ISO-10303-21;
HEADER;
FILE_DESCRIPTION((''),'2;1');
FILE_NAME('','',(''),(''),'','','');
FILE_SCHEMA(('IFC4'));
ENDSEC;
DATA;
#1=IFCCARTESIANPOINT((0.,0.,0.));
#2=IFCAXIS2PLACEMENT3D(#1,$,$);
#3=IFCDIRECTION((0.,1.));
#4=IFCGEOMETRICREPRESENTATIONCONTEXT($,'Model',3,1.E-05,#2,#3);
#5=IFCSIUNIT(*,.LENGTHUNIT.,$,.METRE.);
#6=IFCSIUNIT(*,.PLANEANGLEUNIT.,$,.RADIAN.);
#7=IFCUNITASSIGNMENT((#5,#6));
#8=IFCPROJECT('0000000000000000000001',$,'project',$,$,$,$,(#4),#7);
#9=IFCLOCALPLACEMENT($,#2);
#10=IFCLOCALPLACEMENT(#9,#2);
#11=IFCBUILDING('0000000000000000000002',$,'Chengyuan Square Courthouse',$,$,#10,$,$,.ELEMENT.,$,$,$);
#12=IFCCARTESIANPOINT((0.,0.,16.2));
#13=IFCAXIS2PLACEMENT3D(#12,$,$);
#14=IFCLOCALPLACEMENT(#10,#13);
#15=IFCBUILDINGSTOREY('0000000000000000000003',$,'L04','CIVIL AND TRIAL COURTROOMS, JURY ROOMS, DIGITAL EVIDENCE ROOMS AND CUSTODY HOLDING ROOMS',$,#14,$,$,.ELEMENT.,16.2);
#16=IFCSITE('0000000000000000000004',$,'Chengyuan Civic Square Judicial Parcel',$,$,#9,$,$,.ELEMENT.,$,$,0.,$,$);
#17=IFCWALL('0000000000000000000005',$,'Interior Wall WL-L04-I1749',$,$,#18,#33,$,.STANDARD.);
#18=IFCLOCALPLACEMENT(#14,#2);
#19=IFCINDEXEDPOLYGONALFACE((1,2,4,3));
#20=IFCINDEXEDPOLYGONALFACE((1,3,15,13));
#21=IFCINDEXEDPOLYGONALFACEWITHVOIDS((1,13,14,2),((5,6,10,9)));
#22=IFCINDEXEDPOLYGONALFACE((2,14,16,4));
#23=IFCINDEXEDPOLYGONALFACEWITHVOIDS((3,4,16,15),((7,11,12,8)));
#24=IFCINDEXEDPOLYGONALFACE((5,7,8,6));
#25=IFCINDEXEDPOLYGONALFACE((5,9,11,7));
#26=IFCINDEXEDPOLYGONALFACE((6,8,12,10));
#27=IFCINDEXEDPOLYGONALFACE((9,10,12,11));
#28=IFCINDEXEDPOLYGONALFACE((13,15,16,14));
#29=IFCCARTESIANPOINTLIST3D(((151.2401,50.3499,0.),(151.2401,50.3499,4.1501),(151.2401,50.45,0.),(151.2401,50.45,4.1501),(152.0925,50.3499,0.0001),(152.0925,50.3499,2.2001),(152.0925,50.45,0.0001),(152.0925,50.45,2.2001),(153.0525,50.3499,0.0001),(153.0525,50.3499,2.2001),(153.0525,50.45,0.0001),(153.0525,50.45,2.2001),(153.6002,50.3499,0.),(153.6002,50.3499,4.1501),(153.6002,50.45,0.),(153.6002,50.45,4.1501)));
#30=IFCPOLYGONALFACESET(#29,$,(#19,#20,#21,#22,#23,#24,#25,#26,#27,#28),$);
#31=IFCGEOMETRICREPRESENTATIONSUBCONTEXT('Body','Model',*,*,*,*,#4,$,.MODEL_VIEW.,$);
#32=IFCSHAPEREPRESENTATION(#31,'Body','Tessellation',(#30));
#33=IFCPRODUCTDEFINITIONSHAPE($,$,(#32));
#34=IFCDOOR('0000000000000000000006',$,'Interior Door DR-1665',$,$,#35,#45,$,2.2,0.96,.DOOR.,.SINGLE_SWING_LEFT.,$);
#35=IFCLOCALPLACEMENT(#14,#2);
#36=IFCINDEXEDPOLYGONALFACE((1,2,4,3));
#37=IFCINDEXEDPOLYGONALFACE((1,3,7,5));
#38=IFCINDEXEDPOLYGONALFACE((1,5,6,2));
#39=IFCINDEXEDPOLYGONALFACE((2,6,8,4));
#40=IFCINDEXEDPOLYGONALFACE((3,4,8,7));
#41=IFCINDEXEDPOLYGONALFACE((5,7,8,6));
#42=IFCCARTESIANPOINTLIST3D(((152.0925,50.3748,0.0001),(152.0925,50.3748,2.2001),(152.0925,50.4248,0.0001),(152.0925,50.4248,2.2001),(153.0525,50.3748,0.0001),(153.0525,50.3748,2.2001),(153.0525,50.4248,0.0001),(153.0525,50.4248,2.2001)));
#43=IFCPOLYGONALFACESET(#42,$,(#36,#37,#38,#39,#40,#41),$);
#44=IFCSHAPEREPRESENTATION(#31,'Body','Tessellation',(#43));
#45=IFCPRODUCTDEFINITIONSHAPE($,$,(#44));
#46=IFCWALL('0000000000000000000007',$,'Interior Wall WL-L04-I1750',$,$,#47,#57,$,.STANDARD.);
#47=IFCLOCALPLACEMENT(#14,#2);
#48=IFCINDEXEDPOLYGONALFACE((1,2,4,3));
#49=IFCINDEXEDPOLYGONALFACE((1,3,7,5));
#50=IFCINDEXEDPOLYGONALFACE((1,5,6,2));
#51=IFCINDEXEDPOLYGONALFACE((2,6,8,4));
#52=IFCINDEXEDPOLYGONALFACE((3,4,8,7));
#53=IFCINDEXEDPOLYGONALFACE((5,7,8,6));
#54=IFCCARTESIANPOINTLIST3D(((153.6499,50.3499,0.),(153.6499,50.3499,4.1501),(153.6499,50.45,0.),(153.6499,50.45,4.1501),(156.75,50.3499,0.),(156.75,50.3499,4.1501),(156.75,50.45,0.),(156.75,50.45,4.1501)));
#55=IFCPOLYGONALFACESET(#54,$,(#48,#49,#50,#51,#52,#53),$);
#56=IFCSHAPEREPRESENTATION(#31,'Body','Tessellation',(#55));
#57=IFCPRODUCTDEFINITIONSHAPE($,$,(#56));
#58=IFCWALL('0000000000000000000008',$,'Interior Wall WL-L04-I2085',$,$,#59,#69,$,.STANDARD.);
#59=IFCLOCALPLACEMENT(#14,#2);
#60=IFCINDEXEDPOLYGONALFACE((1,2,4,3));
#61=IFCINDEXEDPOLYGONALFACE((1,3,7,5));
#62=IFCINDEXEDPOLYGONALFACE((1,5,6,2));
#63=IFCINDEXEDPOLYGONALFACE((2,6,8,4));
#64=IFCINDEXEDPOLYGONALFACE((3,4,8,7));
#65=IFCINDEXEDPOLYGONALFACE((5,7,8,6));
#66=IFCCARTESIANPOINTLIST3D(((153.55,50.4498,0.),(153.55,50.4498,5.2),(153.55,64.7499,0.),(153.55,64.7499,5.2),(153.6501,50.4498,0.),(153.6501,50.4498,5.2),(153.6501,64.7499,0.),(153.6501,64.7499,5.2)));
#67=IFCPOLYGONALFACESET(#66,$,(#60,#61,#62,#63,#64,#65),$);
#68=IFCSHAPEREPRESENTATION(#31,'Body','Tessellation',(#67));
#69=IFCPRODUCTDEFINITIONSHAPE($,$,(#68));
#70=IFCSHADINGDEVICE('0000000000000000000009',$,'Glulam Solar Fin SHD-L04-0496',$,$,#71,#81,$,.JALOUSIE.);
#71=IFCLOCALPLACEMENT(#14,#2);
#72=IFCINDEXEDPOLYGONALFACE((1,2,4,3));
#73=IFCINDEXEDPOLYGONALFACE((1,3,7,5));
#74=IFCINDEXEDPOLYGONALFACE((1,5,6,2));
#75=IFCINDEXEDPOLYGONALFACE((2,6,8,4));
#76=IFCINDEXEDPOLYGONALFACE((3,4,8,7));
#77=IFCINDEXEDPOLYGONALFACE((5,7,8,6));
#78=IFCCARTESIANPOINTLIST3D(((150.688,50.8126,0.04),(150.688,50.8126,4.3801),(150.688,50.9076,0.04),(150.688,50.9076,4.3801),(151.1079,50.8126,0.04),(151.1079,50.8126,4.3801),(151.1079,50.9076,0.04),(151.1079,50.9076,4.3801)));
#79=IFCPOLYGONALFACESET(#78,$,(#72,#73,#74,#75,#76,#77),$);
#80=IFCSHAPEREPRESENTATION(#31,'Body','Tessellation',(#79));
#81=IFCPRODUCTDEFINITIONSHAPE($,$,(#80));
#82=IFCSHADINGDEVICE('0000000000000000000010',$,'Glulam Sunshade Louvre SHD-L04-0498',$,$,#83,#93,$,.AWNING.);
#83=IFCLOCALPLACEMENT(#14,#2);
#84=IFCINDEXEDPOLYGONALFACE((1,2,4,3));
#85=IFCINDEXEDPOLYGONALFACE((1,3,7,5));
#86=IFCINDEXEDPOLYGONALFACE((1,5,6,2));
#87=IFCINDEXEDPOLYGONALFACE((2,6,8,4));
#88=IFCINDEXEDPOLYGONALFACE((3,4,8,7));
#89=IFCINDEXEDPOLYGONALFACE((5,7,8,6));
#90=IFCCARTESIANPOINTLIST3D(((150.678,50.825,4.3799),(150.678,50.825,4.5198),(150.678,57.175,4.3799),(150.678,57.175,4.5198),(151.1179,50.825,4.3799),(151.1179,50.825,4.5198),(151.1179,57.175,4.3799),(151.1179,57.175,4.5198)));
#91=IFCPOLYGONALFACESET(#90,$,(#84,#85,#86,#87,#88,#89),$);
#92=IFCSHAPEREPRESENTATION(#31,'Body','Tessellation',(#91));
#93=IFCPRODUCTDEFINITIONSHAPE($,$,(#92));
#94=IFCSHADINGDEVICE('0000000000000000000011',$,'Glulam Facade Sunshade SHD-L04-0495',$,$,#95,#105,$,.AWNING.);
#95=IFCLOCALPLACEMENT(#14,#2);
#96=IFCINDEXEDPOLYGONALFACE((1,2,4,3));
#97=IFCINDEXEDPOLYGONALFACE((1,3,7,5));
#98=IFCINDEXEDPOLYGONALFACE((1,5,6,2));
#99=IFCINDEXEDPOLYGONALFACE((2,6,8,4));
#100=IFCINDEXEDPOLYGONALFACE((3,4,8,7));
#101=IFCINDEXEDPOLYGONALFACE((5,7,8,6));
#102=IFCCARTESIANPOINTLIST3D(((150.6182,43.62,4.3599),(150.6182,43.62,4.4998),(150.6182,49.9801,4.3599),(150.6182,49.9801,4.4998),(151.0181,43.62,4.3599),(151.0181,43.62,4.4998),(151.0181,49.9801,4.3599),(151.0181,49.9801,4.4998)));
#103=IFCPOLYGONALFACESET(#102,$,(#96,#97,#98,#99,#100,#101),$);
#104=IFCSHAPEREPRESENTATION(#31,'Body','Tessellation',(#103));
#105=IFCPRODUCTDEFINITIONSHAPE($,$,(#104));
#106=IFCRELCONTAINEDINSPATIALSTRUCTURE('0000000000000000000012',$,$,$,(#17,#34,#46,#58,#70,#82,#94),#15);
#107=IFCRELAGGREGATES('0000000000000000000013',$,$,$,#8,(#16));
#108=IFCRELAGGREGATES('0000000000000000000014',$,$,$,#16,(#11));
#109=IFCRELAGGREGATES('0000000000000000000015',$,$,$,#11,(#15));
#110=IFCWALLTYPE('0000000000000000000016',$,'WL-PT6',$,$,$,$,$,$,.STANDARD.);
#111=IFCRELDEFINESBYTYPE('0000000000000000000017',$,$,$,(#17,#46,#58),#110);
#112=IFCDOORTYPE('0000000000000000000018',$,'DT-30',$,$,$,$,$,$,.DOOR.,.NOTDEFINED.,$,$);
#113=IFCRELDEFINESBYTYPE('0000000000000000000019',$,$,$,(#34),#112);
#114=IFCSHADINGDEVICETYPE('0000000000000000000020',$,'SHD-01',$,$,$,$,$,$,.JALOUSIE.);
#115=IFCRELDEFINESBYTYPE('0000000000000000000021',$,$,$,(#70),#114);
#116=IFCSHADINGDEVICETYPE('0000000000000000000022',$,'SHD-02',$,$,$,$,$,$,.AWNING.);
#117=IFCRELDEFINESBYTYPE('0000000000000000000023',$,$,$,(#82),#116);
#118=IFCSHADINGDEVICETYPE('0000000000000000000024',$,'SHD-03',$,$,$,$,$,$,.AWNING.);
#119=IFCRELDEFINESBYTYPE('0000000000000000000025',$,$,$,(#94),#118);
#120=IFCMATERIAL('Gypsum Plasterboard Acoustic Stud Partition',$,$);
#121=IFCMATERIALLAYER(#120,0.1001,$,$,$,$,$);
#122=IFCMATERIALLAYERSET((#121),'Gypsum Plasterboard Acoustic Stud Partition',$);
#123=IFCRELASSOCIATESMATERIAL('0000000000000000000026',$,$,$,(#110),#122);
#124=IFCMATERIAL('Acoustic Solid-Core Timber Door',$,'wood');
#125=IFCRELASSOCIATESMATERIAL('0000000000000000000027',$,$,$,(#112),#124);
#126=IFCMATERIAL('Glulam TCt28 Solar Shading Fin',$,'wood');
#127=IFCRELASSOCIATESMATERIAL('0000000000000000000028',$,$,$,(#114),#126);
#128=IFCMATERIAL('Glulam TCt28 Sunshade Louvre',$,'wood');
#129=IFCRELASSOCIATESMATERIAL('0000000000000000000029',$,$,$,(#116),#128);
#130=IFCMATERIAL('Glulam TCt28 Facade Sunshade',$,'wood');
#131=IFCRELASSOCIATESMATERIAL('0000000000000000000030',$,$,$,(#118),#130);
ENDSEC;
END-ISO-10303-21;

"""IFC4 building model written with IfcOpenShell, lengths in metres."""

from ifc_helpers import new_model, si_unit, direction, frame, frame_2d, origin, origin_2d, place, context, subcontext, project, spatial, rectangle, extrude, material, layer, layer_set, type_object, element, fill, save


model = new_model("IFC4")

# Units and contexts
model_context = context("Model", 3, precision=1e-05, world=origin(), true_north=direction((0.0, 1.0)))
body_context = subcontext(model_context, "Body", "Model", "MODEL_VIEW")
ifc_project = project(units=[si_unit("LENGTHUNIT", "METRE"), si_unit("PLANEANGLEUNIT", "RADIAN")], contexts=[model_context])

# Site, building, storey
site_placement = place(None, origin())
site = spatial("IfcSite", under=ifc_project, at=site_placement, Name="Chengyuan Civic Square Judicial Parcel", CompositionType="ELEMENT", RefElevation=0.0)
building_placement = place(site_placement, origin())
building = spatial("IfcBuilding", under=site, at=building_placement, Name="Chengyuan Square Courthouse", CompositionType="ELEMENT")
storey_placement = place(building_placement, frame((0.0, 0.0, 16.2)))
storey = spatial("IfcBuildingStorey", under=building, at=storey_placement, Name="L04", Description="CIVIL AND TRIAL COURTROOMS, JURY ROOMS, DIGITAL EVIDENCE ROOMS AND CUSTODY HOLDING ROOMS", CompositionType="ELEMENT", Elevation=16.2)

# Wall, opening, door
ifc_material_1 = material(Name="Gypsum Plasterboard Acoustic Stud Partition")
ifc_layer_1 = layer(ifc_material_1, 0.1001)
ifc_layer_set_1 = layer_set([ifc_layer_1], Name="Gypsum Plasterboard Acoustic Stud Partition")
wall_type_1 = type_object("IfcWallType", Name="WL-PT6", PredefinedType="STANDARD", material=ifc_layer_set_1)
ifc_material_2 = material(Name="Acoustic Solid-Core Timber Door", Category="wood")
wall_1_placement = place(storey_placement, frame((151.24, 50.3999, 0.0), z_axis=(0.0, 0.0, 1.0), x_axis=(1.0, 0.0, 0.0)))
wall_1 = element("IfcWall", 1, at=wall_1_placement, inside=storey, type_object=wall_type_1, Name="Interior Wall WL-L04-I1749", PredefinedType="STANDARD", context=body_context, shape_type="SweptSolid", body=[
    extrude(rectangle(XDim=2.3601, YDim=0.1001, at=frame_2d((1.1802, 0.0))), origin(), (0.0, 0.0, 1.0), 4.1501),
])
opening_1_placement = place(wall_1_placement, frame((0.8525, 0.0, 0.0)))
opening_1 = element("IfcOpeningElement", 2, at=opening_1_placement, cuts=wall_1, PredefinedType="OPENING", context=body_context, shape_type="SweptSolid", body=[
    extrude(rectangle(XDim=0.96, YDim=2.2, at=frame_2d((0.48, 1.1001))), frame((0.0, 0.062, 0.0), z_axis=(0.0, -1.0, 0.0), x_axis=(1.0, 0.0, 0.0)), (0.0, 0.0, 1.0), 0.124),
])
door_type_1 = type_object("IfcDoorType", Name="DT-30", OperationType="NOTDEFINED", PredefinedType="DOOR", material=ifc_material_2)
door_1_placement = place(opening_1_placement, origin())
door_1 = element("IfcDoor", 3, at=door_1_placement, inside=storey, type_object=door_type_1, Name="Interior Door DR-1665", OperationType="SINGLE_SWING_LEFT", OverallHeight=2.2, OverallWidth=0.96, PredefinedType="DOOR", context=body_context, shape_type="SweptSolid", body=[
    extrude(rectangle(XDim=0.96, YDim=2.2, at=frame_2d((0.48, 1.1001))), frame((0.0, 0.0249, 0.0), z_axis=(0.0, -1.0, 0.0), x_axis=(1.0, 0.0, 0.0)), (0.0, 0.0, 1.0), 0.05),
])
fill(opening_1, door_1)

# Walls
wall_2_placement = place(storey_placement, frame((153.6499, 50.3999, 0.0), z_axis=(0.0, 0.0, 1.0), x_axis=(1.0, 0.0, 0.0)))
element("IfcWall", 4, at=wall_2_placement, inside=storey, type_object=wall_type_1, Name="Interior Wall WL-L04-I1750", PredefinedType="STANDARD", context=body_context, shape_type="SweptSolid", body=[
    extrude(rectangle(XDim=3.1001, YDim=0.1001, at=frame_2d((1.55, 0.0))), origin(), (0.0, 0.0, 1.0), 4.1501),
])
wall_3_placement = place(storey_placement, frame((153.6001, 50.45, 0.0), z_axis=(0.0, 0.0, 1.0), x_axis=(0.0, 1.0, 0.0)))
element("IfcWall", 5, at=wall_3_placement, inside=storey, type_object=wall_type_1, Name="Interior Wall WL-L04-I2085", PredefinedType="STANDARD", context=body_context, shape_type="SweptSolid", body=[
    extrude(rectangle(XDim=14.3, YDim=0.1001, at=frame_2d((7.1499, 0.0))), origin(), (0.0, 0.0, 1.0), 5.2),
])

# Shading devices
ifc_material_3 = material(Name="Glulam TCt28 Solar Shading Fin", Category="wood")
shading_device_type_1 = type_object("IfcShadingDeviceType", Name="SHD-01", PredefinedType="JALOUSIE", material=ifc_material_3)
shading_device_1_placement = place(storey_placement, frame((150.8979, 50.8601, 0.04), z_axis=(0.0, 0.0, 1.0), x_axis=(1.0, 0.0, 0.0)))
element("IfcShadingDevice", 6, at=shading_device_1_placement, inside=storey, type_object=shading_device_type_1, Name="Glulam Solar Fin SHD-L04-0496", PredefinedType="JALOUSIE", context=body_context, shape_type="SweptSolid", body=[
    extrude(rectangle(XDim=0.4199, YDim=0.095, at=origin_2d()), origin(), (0.0, 0.0, 1.0), 4.3401),
])
ifc_material_4 = material(Name="Glulam TCt28 Sunshade Louvre", Category="wood")
shading_device_type_2 = type_object("IfcShadingDeviceType", Name="SHD-02", PredefinedType="AWNING", material=ifc_material_4)
shading_device_2_placement = place(storey_placement, frame((150.8979, 54.0, 4.3799), z_axis=(0.0, 0.0, 1.0), x_axis=(0.0, 1.0, 0.0)))
element("IfcShadingDevice", 7, at=shading_device_2_placement, inside=storey, type_object=shading_device_type_2, Name="Glulam Sunshade Louvre SHD-L04-0498", PredefinedType="AWNING", context=body_context, shape_type="SweptSolid", body=[
    extrude(rectangle(XDim=6.3501, YDim=0.4399, at=origin_2d()), origin(), (0.0, 0.0, 1.0), 0.1399),
])
ifc_material_5 = material(Name="Glulam TCt28 Facade Sunshade", Category="wood")
shading_device_type_3 = type_object("IfcShadingDeviceType", Name="SHD-03", PredefinedType="AWNING", material=ifc_material_5)
shading_device_3_placement = place(storey_placement, frame((150.8181, 46.8, 4.3599), z_axis=(0.0, 0.0, 1.0), x_axis=(0.0, 1.0, 0.0)))
element("IfcShadingDevice", 8, at=shading_device_3_placement, inside=storey, type_object=shading_device_type_3, Name="Glulam Facade Sunshade SHD-L04-0495", PredefinedType="AWNING", context=body_context, shape_type="SweptSolid", body=[
    extrude(rectangle(XDim=6.3601, YDim=0.3999, at=origin_2d()), origin(), (0.0, 0.0, 1.0), 0.1399),
])

save(model, "model.ifc")
